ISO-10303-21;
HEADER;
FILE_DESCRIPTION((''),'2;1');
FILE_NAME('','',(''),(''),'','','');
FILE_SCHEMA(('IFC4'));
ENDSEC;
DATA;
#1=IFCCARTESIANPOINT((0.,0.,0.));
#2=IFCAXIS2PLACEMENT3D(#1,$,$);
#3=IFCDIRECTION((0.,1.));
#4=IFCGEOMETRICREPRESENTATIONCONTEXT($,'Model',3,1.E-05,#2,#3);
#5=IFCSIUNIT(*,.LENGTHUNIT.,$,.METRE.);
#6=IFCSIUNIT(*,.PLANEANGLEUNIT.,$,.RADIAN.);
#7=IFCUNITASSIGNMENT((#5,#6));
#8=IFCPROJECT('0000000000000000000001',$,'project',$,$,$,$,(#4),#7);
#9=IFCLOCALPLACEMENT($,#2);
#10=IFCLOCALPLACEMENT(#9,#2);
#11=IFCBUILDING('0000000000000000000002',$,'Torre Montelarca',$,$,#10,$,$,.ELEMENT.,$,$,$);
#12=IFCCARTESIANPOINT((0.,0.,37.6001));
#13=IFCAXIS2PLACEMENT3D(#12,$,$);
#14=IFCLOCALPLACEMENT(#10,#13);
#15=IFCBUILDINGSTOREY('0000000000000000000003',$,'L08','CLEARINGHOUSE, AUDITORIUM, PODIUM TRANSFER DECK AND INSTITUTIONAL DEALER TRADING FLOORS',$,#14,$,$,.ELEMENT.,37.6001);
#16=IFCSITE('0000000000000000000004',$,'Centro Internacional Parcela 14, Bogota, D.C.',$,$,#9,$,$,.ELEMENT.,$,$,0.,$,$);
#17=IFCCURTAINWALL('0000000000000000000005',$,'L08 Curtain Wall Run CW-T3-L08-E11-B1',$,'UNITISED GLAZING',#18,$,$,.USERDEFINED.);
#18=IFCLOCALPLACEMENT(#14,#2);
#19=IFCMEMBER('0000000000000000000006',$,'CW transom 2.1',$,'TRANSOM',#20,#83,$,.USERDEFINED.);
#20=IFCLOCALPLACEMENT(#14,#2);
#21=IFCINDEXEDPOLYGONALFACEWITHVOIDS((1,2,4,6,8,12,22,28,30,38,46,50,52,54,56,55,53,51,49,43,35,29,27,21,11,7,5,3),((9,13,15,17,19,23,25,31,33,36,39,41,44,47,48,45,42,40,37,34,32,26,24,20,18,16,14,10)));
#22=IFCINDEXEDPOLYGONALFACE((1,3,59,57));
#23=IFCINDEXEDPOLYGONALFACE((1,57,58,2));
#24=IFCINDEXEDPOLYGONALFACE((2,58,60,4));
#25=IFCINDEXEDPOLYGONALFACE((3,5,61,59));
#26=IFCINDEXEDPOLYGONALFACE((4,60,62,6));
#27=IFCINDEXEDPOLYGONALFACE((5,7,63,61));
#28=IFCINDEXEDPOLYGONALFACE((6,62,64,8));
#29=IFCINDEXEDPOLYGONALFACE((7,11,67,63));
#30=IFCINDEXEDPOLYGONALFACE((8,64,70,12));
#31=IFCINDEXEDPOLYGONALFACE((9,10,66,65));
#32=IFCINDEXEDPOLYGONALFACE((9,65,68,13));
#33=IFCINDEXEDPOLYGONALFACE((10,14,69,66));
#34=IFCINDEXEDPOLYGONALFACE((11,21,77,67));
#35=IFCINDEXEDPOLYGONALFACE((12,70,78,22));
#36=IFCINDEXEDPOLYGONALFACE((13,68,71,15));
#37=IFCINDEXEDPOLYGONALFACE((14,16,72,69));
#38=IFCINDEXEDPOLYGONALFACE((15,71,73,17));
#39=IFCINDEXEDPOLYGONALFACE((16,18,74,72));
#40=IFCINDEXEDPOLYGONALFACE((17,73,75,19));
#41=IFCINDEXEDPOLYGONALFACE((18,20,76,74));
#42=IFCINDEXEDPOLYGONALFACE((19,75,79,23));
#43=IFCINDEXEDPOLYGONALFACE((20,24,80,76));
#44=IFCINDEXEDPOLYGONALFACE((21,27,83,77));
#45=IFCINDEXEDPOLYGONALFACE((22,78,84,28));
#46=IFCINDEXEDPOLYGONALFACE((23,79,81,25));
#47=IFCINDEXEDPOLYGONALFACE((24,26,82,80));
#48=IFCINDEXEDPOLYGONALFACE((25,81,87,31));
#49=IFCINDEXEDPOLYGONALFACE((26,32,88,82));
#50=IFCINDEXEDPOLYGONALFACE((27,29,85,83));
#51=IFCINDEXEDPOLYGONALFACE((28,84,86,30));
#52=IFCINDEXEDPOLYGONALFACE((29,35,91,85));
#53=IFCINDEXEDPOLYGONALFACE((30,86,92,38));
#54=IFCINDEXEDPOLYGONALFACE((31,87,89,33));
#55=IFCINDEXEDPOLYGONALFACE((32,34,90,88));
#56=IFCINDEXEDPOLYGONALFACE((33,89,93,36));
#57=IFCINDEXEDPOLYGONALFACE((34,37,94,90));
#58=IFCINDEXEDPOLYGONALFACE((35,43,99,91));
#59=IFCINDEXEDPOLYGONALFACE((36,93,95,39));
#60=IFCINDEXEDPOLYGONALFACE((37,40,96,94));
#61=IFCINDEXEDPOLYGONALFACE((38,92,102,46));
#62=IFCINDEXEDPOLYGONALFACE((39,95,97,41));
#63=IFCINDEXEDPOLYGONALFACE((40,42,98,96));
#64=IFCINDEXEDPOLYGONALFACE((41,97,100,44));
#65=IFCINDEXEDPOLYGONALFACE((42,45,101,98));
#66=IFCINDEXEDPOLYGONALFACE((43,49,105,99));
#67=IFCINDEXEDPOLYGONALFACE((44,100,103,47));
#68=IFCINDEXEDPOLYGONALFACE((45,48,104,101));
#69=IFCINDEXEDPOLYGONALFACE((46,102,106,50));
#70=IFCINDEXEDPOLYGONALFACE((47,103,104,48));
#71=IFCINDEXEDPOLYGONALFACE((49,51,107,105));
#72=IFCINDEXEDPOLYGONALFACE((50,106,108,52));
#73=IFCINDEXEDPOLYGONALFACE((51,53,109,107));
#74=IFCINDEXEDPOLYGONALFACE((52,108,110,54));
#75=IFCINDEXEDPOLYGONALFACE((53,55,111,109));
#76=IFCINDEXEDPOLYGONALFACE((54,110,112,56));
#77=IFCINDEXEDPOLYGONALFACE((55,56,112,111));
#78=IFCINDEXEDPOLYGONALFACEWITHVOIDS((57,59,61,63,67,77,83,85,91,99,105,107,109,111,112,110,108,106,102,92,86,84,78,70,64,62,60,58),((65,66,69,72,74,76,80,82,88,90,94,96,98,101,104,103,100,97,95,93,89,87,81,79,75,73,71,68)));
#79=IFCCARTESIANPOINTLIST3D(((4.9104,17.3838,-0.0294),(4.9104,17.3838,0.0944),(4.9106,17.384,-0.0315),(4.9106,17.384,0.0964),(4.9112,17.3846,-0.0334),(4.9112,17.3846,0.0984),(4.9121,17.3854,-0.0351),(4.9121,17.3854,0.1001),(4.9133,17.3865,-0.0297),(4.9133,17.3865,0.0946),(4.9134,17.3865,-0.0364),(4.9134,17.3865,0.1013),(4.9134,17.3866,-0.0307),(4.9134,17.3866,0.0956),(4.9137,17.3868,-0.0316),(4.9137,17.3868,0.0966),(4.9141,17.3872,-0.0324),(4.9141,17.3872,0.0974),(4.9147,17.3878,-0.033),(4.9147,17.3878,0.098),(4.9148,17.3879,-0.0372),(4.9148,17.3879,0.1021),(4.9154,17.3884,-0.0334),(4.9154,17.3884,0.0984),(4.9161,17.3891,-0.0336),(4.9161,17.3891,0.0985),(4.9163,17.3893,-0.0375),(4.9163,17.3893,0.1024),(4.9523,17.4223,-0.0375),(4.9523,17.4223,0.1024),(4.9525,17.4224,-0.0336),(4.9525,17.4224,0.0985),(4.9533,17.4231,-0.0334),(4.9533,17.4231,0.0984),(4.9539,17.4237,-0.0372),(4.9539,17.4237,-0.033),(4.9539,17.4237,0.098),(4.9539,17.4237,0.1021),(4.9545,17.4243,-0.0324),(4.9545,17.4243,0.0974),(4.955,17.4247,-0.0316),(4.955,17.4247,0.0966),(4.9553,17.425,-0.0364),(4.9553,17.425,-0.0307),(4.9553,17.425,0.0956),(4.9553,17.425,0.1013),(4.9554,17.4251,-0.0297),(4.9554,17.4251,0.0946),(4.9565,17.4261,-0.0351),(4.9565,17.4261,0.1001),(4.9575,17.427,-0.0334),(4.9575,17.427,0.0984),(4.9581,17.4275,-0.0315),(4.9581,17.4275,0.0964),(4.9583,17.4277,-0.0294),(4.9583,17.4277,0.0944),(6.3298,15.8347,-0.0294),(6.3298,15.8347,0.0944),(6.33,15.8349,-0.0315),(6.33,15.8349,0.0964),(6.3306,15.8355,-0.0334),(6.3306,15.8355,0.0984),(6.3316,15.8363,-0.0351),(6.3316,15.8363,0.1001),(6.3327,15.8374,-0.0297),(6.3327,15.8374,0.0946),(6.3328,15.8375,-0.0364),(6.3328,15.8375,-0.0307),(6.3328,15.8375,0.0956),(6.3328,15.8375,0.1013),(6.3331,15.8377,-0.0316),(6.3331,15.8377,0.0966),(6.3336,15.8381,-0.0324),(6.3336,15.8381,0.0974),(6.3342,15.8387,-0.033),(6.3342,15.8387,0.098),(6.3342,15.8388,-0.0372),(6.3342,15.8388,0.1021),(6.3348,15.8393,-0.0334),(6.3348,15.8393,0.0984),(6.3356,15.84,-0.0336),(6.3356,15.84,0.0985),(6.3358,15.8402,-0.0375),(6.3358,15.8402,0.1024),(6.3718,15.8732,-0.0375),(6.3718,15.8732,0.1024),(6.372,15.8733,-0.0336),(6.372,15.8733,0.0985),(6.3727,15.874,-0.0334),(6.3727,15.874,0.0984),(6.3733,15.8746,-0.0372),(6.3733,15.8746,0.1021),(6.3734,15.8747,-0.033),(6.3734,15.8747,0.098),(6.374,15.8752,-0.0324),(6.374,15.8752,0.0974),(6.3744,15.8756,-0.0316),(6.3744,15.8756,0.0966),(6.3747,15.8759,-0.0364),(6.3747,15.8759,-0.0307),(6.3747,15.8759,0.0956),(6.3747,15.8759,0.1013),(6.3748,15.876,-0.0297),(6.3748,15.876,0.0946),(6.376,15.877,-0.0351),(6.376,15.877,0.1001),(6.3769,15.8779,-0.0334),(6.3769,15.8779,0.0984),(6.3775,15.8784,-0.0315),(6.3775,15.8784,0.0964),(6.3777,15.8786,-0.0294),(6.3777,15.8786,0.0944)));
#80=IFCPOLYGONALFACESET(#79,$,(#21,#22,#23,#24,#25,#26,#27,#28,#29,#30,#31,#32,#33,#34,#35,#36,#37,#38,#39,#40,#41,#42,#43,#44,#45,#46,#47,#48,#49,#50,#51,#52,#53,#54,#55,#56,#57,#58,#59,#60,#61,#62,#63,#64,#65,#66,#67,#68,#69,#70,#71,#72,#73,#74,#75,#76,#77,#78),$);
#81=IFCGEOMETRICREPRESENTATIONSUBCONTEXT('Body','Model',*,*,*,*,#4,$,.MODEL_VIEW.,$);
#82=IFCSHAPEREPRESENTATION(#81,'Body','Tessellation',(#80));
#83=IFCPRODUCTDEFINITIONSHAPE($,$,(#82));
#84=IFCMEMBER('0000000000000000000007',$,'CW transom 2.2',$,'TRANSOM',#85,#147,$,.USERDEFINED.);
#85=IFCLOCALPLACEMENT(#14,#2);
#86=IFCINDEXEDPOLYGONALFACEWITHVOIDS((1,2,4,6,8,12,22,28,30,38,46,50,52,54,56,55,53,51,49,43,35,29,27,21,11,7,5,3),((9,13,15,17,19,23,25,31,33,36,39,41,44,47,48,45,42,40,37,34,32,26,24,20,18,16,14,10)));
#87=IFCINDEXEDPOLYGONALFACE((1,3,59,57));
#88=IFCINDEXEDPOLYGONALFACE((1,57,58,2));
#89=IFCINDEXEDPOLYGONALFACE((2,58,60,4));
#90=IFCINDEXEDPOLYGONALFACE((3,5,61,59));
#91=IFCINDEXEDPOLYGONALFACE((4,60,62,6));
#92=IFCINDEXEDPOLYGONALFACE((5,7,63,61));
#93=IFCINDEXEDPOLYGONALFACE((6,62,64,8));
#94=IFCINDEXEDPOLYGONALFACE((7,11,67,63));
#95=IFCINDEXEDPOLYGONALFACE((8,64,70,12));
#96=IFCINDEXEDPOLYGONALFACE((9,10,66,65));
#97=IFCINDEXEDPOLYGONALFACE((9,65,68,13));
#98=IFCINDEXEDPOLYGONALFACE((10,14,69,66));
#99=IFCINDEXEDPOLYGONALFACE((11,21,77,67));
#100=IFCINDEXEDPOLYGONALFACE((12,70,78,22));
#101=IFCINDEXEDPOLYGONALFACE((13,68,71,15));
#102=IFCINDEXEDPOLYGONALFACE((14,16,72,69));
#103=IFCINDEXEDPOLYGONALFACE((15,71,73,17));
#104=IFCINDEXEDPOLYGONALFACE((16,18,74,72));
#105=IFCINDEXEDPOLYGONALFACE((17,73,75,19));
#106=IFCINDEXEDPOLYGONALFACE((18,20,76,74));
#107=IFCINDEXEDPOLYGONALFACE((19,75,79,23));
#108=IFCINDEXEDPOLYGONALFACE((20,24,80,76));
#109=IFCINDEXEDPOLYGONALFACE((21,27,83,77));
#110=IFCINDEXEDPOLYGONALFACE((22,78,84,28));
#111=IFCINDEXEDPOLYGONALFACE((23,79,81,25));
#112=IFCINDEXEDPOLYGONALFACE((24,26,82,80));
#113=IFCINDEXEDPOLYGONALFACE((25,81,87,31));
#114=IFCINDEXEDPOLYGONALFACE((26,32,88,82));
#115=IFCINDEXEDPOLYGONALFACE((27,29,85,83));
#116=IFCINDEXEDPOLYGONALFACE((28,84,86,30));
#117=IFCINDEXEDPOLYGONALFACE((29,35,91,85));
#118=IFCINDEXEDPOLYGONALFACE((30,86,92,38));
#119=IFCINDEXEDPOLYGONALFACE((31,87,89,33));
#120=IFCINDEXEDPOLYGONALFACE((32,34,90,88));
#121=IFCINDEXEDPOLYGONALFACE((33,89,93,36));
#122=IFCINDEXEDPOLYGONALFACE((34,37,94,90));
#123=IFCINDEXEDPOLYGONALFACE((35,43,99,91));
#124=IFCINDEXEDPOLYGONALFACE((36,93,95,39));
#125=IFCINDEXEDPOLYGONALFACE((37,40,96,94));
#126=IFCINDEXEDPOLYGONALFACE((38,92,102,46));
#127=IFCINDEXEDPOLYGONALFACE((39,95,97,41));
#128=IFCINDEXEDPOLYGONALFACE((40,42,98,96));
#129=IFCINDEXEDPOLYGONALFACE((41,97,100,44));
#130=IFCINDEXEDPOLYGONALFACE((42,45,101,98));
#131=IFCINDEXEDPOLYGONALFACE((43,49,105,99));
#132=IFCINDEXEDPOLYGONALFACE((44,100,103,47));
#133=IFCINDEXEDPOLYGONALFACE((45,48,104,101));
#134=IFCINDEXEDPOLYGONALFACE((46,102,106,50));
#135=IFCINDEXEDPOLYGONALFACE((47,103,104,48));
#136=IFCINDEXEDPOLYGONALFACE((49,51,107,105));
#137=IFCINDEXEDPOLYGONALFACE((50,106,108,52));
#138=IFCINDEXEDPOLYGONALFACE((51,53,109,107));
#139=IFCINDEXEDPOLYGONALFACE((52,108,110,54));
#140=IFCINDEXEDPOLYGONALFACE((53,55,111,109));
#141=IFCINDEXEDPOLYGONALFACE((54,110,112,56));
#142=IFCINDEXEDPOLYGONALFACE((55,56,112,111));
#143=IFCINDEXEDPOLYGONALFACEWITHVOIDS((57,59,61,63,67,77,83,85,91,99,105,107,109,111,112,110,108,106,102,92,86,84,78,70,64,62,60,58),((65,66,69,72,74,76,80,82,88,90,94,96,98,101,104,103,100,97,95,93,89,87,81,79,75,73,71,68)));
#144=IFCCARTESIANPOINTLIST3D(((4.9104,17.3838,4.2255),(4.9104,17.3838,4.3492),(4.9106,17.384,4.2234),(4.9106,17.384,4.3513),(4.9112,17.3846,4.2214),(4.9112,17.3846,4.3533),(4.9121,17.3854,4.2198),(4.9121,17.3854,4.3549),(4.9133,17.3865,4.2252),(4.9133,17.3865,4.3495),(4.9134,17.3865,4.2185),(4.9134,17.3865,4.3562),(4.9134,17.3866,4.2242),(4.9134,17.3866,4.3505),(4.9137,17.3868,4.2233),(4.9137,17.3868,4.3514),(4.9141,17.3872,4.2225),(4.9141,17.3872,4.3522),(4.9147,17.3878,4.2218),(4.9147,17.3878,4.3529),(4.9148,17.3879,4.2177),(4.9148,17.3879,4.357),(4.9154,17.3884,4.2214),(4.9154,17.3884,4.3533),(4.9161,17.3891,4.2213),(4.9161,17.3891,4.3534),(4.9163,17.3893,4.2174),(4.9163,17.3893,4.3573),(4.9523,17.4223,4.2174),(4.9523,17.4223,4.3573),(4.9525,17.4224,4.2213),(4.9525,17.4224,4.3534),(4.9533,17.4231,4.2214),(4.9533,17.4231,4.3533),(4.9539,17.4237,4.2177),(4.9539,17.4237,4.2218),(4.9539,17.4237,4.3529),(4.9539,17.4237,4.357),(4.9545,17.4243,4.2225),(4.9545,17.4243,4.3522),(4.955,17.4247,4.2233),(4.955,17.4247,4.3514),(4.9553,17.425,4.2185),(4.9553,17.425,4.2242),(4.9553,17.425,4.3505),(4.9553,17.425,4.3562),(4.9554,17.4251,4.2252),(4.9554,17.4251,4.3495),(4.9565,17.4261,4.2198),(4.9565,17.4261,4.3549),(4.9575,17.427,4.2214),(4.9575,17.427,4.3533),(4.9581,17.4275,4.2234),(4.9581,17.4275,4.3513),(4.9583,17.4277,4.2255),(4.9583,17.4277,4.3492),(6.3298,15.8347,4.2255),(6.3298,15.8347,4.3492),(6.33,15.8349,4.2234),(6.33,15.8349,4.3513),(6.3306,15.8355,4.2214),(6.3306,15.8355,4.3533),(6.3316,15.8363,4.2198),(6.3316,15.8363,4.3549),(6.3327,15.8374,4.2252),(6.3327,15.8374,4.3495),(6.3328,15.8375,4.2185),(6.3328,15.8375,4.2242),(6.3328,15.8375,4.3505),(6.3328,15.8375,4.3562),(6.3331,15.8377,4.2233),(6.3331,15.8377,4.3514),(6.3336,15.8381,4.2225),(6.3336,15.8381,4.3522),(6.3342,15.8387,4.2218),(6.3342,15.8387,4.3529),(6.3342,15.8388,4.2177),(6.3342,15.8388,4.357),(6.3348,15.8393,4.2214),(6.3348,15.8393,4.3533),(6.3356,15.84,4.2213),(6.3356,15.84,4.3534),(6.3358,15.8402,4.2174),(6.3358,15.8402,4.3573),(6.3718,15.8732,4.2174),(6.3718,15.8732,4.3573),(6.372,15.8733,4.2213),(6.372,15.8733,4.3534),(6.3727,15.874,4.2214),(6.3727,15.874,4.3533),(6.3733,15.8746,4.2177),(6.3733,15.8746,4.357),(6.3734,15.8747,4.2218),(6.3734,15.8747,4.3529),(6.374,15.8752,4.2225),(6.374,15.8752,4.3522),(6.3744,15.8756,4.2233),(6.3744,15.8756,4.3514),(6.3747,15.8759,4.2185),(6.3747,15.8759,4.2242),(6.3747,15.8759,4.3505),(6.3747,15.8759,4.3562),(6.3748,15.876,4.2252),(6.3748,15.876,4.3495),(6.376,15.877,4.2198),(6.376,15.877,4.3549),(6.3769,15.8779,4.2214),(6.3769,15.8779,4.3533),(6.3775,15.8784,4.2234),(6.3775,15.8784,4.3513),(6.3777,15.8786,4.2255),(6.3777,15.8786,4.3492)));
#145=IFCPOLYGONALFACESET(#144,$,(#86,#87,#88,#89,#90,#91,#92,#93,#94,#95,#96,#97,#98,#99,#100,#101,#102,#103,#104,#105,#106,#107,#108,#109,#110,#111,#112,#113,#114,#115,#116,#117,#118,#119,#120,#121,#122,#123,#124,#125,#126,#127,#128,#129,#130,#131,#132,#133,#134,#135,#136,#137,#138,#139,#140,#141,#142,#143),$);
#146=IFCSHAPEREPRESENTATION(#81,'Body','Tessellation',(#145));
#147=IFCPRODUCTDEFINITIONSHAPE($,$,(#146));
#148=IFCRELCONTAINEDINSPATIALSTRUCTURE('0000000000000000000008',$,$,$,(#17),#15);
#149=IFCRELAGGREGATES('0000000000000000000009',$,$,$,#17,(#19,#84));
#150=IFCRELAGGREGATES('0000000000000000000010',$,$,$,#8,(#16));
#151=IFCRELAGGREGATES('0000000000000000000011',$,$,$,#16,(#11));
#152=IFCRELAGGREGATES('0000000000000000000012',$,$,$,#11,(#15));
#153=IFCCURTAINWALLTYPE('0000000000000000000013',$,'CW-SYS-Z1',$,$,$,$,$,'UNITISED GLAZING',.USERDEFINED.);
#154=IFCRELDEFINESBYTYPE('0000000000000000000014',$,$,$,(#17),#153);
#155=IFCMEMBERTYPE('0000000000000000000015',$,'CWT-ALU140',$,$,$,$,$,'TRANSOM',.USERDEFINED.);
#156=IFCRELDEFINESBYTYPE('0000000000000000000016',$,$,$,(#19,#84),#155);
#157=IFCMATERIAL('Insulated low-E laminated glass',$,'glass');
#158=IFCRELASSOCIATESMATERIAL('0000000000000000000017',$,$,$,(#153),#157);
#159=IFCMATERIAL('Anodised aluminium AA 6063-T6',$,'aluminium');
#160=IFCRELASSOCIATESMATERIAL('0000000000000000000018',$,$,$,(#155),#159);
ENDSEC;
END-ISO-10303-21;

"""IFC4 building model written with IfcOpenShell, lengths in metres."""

from ifc_helpers import new_model, si_unit, direction, frame, origin, origin_2d, place, context, subcontext, project, spatial, hollow_rectangle, extrude, source, transform, mapped, material, material_profile, profile_set, type_object, element, aggregate, save


model = new_model("IFC4")

# Units and contexts
model_context = context("Model", 3, precision=1e-05, world=origin(), true_north=direction((0.0, 1.0)))
body_context = subcontext(model_context, "Body", "Model", "MODEL_VIEW")
ifc_project = project(units=[si_unit("LENGTHUNIT", "METRE"), si_unit("PLANEANGLEUNIT", "RADIAN")], contexts=[model_context])

# Site, building, storey
site_placement = place(None, origin())
site = spatial("IfcSite", under=ifc_project, at=site_placement, Name="Centro Internacional Parcela 14, Bogota, D.C.", CompositionType="ELEMENT", RefElevation=0.0)
building_placement = place(site_placement, origin())
building = spatial("IfcBuilding", under=site, at=building_placement, Name="Torre Montelarca", CompositionType="ELEMENT")
storey_placement = place(building_placement, frame((0.0, 0.0, 37.6001)))
storey = spatial("IfcBuildingStorey", under=building, at=storey_placement, Name="L08", Description="CLEARINGHOUSE, AUDITORIUM, PODIUM TRANSFER DECK AND INSTITUTIONAL DEALER TRADING FLOORS", CompositionType="ELEMENT", Elevation=37.6001)

# Shared definitions
ifc_material_1 = material(Name="Insulated low-E laminated glass", Category="glass")
curtain_wall_type = type_object("IfcCurtainWallType", Name="CW-SYS-Z1", ElementType="UNITISED GLAZING", PredefinedType="USERDEFINED", material=ifc_material_1)
ifc_material_2 = material(Name="Anodised aluminium AA 6063-T6", Category="aluminium")

# Curtain wall
curtain_wall_1_placement = place(storey_placement, origin())
curtain_wall_1 = element("IfcCurtainWall", 1, at=curtain_wall_1_placement, inside=storey, type_object=curtain_wall_type, Name="L08 Curtain Wall Run CW-T3-L08-E11-B1", ObjectType="UNITISED GLAZING", PredefinedType="USERDEFINED")

# Members
ifc_material_profile_1 = material_profile(ifc_material_2, hollow_rectangle(XDim=0.0649, YDim=0.1399, WallThickness=0.0039, InnerFilletRadius=0.0039, OuterFilletRadius=0.0081, at=origin_2d()), Name="ALU65X140X4", Category="aluminium")
ifc_profile_set_1 = profile_set([ifc_material_profile_1], Name="Anodised aluminium AA 6063-T6")
member_type_1 = type_object("IfcMemberType", Name="CWT-ALU140", ElementType="TRANSOM", PredefinedType="USERDEFINED", material=ifc_profile_set_1)
shared_shape_1 = source(origin(), body_context, "Body", "SweptSolid", [
    extrude(hollow_rectangle(XDim=0.0649, YDim=0.1399, WallThickness=0.0039, InnerFilletRadius=0.0039, OuterFilletRadius=0.0081, at=origin_2d()), origin(), (0.0, 0.0, 1.0), 2.1011),
])
member_1_placement = place(storey_placement, frame((4.9343, 17.4058, 0.0325), z_axis=(0.675583, -0.737284, 0.0), x_axis=(0.737284, 0.675583, 0.0)))
member_1 = element("IfcMember", 2, at=member_1_placement, type_object=member_type_1, Name="CW transom 2.1", ObjectType="TRANSOM", PredefinedType="USERDEFINED", context=body_context, shape_type="MappedRepresentation", body=[
    mapped(shared_shape_1, transform((0.0, 0.0, 0.0), scale=1.0)),
])
member_2_placement = place(storey_placement, frame((4.9343, 17.4058, 4.2874), z_axis=(0.675583, -0.737284, 0.0), x_axis=(0.737284, 0.675583, 0.0)))
member_2 = element("IfcMember", 3, at=member_2_placement, type_object=member_type_1, Name="CW transom 2.2", ObjectType="TRANSOM", PredefinedType="USERDEFINED", context=body_context, shape_type="MappedRepresentation", body=[
    mapped(shared_shape_1, transform((0.0, 0.0, 0.0), scale=1.0)),
])

aggregate(curtain_wall_1, [member_1, member_2])

save(model, "model.ifc")
